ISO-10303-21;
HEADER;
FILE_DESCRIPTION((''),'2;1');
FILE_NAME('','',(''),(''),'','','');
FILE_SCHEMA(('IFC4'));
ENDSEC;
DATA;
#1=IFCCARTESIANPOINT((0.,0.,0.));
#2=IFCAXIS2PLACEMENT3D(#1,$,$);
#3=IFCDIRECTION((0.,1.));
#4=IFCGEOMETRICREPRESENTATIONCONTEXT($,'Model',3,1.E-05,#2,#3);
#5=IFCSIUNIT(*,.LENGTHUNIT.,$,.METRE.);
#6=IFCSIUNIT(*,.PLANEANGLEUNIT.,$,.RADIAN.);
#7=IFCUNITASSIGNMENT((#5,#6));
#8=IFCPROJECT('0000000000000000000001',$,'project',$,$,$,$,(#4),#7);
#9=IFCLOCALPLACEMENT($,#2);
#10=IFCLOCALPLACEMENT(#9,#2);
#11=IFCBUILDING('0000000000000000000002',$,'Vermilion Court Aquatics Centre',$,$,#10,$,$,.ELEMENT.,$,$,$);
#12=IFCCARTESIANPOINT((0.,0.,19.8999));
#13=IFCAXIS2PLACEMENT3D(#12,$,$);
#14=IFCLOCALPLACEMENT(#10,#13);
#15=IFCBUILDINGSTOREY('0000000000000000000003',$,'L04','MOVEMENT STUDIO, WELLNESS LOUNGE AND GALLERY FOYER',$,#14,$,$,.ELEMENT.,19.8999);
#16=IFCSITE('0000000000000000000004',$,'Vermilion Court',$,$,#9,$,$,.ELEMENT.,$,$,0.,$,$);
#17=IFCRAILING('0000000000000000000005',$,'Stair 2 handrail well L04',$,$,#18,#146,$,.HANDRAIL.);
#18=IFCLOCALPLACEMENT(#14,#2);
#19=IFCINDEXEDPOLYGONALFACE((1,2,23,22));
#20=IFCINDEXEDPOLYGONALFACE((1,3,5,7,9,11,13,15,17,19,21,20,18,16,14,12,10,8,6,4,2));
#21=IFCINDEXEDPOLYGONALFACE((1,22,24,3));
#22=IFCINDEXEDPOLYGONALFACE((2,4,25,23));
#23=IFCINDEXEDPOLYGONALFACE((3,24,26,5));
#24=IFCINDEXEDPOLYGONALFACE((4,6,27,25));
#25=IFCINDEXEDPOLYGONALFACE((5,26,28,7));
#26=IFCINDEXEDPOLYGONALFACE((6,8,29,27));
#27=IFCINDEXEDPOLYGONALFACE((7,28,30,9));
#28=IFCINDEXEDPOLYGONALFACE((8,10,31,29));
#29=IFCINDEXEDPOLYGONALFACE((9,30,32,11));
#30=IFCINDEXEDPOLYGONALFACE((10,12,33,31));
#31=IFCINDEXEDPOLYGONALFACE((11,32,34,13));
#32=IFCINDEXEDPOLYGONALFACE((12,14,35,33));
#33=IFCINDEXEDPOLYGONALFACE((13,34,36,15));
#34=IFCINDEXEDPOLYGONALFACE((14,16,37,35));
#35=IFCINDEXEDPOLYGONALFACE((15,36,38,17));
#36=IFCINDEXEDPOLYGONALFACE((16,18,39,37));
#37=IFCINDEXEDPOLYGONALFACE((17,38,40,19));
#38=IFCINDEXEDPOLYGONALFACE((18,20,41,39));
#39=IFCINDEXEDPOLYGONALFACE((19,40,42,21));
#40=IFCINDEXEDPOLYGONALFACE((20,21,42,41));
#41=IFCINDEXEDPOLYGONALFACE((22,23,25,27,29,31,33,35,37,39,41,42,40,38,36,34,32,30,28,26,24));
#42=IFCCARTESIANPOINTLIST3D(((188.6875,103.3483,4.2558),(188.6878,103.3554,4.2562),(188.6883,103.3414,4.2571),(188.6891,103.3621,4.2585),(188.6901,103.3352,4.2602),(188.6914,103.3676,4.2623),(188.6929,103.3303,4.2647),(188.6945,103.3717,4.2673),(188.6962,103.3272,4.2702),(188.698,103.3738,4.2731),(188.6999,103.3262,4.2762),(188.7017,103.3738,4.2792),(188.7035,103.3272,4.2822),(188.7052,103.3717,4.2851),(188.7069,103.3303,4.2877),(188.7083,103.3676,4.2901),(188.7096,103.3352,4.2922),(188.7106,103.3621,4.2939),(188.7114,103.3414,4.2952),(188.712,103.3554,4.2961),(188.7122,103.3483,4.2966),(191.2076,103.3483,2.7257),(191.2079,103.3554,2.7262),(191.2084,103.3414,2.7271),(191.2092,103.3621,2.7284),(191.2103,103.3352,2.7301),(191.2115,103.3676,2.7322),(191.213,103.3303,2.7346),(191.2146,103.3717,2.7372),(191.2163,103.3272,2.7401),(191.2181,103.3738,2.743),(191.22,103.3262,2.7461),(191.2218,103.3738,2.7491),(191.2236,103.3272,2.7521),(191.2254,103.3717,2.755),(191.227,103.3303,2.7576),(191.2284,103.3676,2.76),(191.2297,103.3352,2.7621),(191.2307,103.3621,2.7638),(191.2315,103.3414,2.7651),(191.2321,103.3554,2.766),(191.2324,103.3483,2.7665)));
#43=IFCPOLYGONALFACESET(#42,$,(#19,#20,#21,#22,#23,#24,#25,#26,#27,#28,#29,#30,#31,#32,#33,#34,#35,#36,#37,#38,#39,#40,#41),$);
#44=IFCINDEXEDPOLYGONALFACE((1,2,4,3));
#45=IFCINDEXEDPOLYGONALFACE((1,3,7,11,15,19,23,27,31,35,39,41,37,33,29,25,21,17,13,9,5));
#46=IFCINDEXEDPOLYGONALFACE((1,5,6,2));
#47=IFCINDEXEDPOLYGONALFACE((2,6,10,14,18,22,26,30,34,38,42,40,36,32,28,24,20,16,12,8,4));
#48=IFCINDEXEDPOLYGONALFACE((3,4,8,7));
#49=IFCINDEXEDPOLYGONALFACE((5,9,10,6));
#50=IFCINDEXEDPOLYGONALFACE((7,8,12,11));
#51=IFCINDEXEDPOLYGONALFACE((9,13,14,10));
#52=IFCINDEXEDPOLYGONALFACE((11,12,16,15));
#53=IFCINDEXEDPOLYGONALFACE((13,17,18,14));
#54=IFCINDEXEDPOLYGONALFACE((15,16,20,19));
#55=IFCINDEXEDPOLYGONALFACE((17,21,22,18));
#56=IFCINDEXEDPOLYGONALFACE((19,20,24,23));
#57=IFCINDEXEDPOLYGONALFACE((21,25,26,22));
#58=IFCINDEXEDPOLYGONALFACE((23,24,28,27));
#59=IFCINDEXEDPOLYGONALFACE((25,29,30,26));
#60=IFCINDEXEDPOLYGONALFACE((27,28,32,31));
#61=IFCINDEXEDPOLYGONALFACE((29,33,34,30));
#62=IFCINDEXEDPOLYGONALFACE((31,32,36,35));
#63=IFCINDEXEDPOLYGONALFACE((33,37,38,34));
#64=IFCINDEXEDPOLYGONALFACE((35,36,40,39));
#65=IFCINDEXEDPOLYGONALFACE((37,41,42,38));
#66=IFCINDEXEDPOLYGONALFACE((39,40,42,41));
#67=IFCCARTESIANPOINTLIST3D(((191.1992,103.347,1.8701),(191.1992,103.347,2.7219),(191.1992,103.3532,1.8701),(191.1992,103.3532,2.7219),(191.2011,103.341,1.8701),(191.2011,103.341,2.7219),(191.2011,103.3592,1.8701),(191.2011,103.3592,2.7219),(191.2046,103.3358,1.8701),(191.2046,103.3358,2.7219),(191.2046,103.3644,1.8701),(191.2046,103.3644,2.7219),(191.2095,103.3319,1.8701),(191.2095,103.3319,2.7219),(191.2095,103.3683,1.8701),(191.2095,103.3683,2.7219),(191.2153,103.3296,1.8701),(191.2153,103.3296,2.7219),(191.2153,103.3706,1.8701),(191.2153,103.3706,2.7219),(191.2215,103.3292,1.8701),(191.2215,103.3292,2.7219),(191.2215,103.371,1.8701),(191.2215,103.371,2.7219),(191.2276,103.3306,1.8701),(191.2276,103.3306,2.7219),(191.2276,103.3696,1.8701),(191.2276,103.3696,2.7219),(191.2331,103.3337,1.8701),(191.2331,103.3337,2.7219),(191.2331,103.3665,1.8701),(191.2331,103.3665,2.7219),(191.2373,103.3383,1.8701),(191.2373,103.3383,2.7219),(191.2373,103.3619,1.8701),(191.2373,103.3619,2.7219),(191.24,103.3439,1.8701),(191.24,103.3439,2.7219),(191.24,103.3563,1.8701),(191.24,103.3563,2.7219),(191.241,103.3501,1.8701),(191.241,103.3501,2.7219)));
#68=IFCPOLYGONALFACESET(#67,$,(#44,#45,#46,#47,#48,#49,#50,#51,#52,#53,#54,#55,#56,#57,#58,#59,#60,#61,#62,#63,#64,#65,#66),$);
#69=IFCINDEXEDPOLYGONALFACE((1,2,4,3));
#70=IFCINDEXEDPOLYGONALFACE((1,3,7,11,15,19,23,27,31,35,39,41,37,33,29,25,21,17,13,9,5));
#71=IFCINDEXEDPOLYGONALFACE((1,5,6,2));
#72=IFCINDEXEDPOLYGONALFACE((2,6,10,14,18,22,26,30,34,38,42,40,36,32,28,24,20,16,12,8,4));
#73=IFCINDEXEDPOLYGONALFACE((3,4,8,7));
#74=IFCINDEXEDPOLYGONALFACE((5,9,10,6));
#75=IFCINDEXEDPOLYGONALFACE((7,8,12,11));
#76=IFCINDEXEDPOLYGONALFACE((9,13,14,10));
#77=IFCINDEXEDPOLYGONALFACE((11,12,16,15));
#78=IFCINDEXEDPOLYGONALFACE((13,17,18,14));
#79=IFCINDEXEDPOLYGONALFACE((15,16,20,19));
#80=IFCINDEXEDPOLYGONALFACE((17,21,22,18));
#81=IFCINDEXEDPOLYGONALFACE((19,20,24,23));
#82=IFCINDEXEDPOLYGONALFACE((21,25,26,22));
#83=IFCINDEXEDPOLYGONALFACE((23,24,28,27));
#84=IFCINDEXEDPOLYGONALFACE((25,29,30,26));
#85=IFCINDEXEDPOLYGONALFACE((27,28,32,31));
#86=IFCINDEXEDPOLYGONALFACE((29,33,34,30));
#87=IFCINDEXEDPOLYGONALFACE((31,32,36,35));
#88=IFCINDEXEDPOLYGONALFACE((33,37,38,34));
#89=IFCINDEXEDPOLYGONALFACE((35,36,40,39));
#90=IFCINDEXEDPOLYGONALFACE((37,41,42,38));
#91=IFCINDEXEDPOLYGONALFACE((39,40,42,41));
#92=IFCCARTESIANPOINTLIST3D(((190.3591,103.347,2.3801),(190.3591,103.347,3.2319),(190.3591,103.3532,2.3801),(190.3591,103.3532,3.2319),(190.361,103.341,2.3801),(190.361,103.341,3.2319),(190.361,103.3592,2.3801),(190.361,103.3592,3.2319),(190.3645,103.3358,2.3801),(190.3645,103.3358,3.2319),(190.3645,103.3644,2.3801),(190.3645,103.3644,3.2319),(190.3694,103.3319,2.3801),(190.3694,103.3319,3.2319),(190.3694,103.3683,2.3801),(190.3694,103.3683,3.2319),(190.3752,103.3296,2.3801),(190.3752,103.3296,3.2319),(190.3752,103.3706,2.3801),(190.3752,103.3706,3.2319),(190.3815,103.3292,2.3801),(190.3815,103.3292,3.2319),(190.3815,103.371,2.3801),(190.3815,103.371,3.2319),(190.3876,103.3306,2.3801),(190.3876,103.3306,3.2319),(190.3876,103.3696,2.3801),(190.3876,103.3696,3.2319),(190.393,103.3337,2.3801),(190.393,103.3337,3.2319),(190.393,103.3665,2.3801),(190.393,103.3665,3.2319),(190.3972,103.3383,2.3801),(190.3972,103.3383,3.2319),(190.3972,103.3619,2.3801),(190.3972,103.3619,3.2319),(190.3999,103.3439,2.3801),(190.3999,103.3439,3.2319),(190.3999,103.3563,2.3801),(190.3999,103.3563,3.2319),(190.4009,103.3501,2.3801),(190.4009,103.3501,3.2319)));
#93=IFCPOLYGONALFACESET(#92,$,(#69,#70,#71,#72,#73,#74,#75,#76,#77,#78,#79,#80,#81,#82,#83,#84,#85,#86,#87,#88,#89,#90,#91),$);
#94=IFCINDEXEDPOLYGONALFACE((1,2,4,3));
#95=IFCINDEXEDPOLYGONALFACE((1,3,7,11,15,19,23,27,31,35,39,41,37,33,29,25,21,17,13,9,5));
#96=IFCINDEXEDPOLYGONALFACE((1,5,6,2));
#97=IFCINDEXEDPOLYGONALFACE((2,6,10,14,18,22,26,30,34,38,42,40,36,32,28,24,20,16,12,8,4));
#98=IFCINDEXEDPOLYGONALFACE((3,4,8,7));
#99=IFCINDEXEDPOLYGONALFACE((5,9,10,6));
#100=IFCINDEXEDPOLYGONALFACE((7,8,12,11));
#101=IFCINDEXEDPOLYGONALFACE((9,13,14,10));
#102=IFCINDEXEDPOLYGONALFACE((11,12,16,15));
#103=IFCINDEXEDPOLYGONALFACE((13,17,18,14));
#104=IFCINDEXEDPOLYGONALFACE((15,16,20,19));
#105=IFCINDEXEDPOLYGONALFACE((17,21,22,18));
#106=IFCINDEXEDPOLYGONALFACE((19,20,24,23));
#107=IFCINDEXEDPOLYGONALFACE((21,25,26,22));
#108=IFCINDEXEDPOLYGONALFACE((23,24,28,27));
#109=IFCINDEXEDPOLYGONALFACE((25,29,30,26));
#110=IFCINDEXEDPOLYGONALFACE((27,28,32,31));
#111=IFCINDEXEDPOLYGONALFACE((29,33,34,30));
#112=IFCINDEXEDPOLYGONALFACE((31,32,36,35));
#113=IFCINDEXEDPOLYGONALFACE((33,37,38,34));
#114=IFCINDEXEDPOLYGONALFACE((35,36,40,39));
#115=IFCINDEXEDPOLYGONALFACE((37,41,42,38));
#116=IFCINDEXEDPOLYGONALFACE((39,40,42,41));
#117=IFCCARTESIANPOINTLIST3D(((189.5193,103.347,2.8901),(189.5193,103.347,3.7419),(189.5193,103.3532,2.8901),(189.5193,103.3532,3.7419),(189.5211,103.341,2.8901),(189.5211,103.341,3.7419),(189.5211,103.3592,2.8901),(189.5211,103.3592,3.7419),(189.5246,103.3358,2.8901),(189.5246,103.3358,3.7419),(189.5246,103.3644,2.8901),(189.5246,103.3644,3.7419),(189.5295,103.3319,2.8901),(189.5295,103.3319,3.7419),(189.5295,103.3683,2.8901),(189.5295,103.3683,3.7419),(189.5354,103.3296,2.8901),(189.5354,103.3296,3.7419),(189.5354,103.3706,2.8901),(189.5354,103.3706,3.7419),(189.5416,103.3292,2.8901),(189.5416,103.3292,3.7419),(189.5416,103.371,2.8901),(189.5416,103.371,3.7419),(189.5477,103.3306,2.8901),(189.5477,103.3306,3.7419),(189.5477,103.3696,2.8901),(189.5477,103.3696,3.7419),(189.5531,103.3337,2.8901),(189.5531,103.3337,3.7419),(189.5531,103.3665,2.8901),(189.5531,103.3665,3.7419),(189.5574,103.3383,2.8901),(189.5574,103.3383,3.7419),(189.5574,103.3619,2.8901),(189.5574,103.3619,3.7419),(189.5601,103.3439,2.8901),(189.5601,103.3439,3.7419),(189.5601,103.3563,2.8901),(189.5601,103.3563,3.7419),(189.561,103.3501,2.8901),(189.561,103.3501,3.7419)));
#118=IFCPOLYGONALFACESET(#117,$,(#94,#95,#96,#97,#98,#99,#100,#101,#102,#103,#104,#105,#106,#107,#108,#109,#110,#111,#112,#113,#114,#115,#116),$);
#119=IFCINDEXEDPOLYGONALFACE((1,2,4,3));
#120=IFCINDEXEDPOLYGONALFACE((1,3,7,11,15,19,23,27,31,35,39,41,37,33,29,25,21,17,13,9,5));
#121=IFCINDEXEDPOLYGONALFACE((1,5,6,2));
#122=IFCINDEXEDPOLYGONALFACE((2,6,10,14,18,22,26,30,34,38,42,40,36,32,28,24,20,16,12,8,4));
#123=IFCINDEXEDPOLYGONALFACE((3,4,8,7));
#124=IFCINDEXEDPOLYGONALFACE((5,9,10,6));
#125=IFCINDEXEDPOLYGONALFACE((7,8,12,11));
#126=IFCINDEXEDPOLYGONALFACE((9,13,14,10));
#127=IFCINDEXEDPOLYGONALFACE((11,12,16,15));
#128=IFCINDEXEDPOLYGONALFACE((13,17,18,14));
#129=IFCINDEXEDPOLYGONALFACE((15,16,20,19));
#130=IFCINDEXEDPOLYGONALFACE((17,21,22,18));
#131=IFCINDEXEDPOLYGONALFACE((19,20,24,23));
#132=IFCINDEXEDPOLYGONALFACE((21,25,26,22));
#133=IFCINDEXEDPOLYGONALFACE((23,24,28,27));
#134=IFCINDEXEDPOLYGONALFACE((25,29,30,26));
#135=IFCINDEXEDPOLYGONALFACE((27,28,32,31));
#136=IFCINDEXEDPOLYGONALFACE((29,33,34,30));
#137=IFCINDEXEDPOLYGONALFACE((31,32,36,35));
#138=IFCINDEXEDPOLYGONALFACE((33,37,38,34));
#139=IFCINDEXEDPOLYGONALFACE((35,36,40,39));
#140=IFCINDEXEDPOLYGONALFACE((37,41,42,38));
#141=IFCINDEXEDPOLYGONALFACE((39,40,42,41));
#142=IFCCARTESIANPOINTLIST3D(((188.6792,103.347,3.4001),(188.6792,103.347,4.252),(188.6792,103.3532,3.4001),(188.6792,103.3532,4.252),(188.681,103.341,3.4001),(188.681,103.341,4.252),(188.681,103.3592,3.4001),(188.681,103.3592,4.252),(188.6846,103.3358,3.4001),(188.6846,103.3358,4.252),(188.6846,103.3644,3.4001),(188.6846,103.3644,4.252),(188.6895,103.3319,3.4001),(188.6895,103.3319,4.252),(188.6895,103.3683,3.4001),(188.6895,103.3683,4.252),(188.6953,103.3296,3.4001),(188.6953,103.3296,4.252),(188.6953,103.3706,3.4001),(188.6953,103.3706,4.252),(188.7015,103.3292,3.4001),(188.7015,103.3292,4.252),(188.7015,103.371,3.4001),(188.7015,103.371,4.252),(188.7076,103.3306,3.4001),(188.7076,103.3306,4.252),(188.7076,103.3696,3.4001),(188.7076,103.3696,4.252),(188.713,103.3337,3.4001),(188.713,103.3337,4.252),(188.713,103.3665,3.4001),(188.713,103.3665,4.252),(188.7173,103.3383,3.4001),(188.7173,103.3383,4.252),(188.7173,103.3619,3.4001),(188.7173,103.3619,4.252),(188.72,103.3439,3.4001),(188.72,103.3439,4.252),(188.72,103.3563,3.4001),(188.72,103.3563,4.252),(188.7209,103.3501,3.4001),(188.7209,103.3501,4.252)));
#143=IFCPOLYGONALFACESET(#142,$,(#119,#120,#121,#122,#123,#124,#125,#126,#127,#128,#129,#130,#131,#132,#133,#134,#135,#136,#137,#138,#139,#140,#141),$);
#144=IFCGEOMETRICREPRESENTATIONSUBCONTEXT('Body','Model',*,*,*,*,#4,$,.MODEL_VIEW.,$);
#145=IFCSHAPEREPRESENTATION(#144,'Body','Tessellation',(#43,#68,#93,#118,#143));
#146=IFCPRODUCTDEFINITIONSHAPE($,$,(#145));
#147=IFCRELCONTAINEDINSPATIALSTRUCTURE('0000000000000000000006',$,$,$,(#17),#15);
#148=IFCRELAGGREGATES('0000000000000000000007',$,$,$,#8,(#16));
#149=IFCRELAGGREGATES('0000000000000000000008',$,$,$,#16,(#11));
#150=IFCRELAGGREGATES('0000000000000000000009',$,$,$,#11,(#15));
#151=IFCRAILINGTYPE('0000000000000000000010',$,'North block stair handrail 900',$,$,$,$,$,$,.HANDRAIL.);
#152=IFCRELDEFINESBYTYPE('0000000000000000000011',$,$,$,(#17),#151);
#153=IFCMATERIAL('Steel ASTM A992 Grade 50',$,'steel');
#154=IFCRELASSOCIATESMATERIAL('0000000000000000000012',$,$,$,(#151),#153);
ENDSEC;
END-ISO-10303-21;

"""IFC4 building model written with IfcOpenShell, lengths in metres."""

from ifc_helpers import new_model, si_unit, direction, frame, origin, origin_2d, place, context, subcontext, project, spatial, circle, extrude, material, type_object, element, save


model = new_model("IFC4")

# Units and contexts
model_context = context("Model", 3, precision=1e-05, world=origin(), true_north=direction((0.0, 1.0)))
body_context = subcontext(model_context, "Body", "Model", "MODEL_VIEW")
ifc_project = project(units=[si_unit("LENGTHUNIT", "METRE"), si_unit("PLANEANGLEUNIT", "RADIAN")], contexts=[model_context])

# Site, building, storey
site_placement = place(None, origin())
site = spatial("IfcSite", under=ifc_project, at=site_placement, Name="Vermilion Court", CompositionType="ELEMENT", RefElevation=0.0)
building_placement = place(site_placement, origin())
building = spatial("IfcBuilding", under=site, at=building_placement, Name="Vermilion Court Aquatics Centre", CompositionType="ELEMENT")
storey_placement = place(building_placement, frame((0.0, 0.0, 19.8999)))
storey = spatial("IfcBuildingStorey", under=building, at=storey_placement, Name="L04", Description="MOVEMENT STUDIO, WELLNESS LOUNGE AND GALLERY FOYER", CompositionType="ELEMENT", Elevation=19.8999)

# Railing
ifc_material_1 = material(Name="Steel ASTM A992 Grade 50", Category="steel")
railing_type_1 = type_object("IfcRailingType", Name="North block stair handrail 900", PredefinedType="HANDRAIL", material=ifc_material_1)
for number, where, name in (
    (1, (191.22, 103.3501, 1.8701), "Stair 2 handrail well L04"),
):
    element("IfcRailing", number, at=place(storey_placement, frame(where)), inside=storey, type_object=railing_type_1, Name=name, PredefinedType="HANDRAIL", context=body_context, shape_type="SweptSolid", body=[
        extrude(circle(Radius=0.0239, at=origin_2d()), frame((0.0, 0.0, 0.876), z_axis=(-0.854785, 0.0, 0.518982), x_axis=(0.0, -1.0, 0.0)), (0.0, 0.0, 1.0), 2.9482),
        extrude(circle(Radius=0.021, at=origin_2d()), origin(), (0.0, 0.0, 1.0), 0.8518),
        extrude(circle(Radius=0.021, at=origin_2d()), frame((-0.8401, 0.0, 0.51)), (0.0, 0.0, 1.0), 0.8518),
        extrude(circle(Radius=0.021, at=origin_2d()), frame((-1.6799, 0.0, 1.02)), (0.0, 0.0, 1.0), 0.8518),
        extrude(circle(Radius=0.021, at=origin_2d()), frame((-2.52, 0.0, 1.53)), (0.0, 0.0, 1.0), 0.8518),
    ])

save(model, "model.ifc")
